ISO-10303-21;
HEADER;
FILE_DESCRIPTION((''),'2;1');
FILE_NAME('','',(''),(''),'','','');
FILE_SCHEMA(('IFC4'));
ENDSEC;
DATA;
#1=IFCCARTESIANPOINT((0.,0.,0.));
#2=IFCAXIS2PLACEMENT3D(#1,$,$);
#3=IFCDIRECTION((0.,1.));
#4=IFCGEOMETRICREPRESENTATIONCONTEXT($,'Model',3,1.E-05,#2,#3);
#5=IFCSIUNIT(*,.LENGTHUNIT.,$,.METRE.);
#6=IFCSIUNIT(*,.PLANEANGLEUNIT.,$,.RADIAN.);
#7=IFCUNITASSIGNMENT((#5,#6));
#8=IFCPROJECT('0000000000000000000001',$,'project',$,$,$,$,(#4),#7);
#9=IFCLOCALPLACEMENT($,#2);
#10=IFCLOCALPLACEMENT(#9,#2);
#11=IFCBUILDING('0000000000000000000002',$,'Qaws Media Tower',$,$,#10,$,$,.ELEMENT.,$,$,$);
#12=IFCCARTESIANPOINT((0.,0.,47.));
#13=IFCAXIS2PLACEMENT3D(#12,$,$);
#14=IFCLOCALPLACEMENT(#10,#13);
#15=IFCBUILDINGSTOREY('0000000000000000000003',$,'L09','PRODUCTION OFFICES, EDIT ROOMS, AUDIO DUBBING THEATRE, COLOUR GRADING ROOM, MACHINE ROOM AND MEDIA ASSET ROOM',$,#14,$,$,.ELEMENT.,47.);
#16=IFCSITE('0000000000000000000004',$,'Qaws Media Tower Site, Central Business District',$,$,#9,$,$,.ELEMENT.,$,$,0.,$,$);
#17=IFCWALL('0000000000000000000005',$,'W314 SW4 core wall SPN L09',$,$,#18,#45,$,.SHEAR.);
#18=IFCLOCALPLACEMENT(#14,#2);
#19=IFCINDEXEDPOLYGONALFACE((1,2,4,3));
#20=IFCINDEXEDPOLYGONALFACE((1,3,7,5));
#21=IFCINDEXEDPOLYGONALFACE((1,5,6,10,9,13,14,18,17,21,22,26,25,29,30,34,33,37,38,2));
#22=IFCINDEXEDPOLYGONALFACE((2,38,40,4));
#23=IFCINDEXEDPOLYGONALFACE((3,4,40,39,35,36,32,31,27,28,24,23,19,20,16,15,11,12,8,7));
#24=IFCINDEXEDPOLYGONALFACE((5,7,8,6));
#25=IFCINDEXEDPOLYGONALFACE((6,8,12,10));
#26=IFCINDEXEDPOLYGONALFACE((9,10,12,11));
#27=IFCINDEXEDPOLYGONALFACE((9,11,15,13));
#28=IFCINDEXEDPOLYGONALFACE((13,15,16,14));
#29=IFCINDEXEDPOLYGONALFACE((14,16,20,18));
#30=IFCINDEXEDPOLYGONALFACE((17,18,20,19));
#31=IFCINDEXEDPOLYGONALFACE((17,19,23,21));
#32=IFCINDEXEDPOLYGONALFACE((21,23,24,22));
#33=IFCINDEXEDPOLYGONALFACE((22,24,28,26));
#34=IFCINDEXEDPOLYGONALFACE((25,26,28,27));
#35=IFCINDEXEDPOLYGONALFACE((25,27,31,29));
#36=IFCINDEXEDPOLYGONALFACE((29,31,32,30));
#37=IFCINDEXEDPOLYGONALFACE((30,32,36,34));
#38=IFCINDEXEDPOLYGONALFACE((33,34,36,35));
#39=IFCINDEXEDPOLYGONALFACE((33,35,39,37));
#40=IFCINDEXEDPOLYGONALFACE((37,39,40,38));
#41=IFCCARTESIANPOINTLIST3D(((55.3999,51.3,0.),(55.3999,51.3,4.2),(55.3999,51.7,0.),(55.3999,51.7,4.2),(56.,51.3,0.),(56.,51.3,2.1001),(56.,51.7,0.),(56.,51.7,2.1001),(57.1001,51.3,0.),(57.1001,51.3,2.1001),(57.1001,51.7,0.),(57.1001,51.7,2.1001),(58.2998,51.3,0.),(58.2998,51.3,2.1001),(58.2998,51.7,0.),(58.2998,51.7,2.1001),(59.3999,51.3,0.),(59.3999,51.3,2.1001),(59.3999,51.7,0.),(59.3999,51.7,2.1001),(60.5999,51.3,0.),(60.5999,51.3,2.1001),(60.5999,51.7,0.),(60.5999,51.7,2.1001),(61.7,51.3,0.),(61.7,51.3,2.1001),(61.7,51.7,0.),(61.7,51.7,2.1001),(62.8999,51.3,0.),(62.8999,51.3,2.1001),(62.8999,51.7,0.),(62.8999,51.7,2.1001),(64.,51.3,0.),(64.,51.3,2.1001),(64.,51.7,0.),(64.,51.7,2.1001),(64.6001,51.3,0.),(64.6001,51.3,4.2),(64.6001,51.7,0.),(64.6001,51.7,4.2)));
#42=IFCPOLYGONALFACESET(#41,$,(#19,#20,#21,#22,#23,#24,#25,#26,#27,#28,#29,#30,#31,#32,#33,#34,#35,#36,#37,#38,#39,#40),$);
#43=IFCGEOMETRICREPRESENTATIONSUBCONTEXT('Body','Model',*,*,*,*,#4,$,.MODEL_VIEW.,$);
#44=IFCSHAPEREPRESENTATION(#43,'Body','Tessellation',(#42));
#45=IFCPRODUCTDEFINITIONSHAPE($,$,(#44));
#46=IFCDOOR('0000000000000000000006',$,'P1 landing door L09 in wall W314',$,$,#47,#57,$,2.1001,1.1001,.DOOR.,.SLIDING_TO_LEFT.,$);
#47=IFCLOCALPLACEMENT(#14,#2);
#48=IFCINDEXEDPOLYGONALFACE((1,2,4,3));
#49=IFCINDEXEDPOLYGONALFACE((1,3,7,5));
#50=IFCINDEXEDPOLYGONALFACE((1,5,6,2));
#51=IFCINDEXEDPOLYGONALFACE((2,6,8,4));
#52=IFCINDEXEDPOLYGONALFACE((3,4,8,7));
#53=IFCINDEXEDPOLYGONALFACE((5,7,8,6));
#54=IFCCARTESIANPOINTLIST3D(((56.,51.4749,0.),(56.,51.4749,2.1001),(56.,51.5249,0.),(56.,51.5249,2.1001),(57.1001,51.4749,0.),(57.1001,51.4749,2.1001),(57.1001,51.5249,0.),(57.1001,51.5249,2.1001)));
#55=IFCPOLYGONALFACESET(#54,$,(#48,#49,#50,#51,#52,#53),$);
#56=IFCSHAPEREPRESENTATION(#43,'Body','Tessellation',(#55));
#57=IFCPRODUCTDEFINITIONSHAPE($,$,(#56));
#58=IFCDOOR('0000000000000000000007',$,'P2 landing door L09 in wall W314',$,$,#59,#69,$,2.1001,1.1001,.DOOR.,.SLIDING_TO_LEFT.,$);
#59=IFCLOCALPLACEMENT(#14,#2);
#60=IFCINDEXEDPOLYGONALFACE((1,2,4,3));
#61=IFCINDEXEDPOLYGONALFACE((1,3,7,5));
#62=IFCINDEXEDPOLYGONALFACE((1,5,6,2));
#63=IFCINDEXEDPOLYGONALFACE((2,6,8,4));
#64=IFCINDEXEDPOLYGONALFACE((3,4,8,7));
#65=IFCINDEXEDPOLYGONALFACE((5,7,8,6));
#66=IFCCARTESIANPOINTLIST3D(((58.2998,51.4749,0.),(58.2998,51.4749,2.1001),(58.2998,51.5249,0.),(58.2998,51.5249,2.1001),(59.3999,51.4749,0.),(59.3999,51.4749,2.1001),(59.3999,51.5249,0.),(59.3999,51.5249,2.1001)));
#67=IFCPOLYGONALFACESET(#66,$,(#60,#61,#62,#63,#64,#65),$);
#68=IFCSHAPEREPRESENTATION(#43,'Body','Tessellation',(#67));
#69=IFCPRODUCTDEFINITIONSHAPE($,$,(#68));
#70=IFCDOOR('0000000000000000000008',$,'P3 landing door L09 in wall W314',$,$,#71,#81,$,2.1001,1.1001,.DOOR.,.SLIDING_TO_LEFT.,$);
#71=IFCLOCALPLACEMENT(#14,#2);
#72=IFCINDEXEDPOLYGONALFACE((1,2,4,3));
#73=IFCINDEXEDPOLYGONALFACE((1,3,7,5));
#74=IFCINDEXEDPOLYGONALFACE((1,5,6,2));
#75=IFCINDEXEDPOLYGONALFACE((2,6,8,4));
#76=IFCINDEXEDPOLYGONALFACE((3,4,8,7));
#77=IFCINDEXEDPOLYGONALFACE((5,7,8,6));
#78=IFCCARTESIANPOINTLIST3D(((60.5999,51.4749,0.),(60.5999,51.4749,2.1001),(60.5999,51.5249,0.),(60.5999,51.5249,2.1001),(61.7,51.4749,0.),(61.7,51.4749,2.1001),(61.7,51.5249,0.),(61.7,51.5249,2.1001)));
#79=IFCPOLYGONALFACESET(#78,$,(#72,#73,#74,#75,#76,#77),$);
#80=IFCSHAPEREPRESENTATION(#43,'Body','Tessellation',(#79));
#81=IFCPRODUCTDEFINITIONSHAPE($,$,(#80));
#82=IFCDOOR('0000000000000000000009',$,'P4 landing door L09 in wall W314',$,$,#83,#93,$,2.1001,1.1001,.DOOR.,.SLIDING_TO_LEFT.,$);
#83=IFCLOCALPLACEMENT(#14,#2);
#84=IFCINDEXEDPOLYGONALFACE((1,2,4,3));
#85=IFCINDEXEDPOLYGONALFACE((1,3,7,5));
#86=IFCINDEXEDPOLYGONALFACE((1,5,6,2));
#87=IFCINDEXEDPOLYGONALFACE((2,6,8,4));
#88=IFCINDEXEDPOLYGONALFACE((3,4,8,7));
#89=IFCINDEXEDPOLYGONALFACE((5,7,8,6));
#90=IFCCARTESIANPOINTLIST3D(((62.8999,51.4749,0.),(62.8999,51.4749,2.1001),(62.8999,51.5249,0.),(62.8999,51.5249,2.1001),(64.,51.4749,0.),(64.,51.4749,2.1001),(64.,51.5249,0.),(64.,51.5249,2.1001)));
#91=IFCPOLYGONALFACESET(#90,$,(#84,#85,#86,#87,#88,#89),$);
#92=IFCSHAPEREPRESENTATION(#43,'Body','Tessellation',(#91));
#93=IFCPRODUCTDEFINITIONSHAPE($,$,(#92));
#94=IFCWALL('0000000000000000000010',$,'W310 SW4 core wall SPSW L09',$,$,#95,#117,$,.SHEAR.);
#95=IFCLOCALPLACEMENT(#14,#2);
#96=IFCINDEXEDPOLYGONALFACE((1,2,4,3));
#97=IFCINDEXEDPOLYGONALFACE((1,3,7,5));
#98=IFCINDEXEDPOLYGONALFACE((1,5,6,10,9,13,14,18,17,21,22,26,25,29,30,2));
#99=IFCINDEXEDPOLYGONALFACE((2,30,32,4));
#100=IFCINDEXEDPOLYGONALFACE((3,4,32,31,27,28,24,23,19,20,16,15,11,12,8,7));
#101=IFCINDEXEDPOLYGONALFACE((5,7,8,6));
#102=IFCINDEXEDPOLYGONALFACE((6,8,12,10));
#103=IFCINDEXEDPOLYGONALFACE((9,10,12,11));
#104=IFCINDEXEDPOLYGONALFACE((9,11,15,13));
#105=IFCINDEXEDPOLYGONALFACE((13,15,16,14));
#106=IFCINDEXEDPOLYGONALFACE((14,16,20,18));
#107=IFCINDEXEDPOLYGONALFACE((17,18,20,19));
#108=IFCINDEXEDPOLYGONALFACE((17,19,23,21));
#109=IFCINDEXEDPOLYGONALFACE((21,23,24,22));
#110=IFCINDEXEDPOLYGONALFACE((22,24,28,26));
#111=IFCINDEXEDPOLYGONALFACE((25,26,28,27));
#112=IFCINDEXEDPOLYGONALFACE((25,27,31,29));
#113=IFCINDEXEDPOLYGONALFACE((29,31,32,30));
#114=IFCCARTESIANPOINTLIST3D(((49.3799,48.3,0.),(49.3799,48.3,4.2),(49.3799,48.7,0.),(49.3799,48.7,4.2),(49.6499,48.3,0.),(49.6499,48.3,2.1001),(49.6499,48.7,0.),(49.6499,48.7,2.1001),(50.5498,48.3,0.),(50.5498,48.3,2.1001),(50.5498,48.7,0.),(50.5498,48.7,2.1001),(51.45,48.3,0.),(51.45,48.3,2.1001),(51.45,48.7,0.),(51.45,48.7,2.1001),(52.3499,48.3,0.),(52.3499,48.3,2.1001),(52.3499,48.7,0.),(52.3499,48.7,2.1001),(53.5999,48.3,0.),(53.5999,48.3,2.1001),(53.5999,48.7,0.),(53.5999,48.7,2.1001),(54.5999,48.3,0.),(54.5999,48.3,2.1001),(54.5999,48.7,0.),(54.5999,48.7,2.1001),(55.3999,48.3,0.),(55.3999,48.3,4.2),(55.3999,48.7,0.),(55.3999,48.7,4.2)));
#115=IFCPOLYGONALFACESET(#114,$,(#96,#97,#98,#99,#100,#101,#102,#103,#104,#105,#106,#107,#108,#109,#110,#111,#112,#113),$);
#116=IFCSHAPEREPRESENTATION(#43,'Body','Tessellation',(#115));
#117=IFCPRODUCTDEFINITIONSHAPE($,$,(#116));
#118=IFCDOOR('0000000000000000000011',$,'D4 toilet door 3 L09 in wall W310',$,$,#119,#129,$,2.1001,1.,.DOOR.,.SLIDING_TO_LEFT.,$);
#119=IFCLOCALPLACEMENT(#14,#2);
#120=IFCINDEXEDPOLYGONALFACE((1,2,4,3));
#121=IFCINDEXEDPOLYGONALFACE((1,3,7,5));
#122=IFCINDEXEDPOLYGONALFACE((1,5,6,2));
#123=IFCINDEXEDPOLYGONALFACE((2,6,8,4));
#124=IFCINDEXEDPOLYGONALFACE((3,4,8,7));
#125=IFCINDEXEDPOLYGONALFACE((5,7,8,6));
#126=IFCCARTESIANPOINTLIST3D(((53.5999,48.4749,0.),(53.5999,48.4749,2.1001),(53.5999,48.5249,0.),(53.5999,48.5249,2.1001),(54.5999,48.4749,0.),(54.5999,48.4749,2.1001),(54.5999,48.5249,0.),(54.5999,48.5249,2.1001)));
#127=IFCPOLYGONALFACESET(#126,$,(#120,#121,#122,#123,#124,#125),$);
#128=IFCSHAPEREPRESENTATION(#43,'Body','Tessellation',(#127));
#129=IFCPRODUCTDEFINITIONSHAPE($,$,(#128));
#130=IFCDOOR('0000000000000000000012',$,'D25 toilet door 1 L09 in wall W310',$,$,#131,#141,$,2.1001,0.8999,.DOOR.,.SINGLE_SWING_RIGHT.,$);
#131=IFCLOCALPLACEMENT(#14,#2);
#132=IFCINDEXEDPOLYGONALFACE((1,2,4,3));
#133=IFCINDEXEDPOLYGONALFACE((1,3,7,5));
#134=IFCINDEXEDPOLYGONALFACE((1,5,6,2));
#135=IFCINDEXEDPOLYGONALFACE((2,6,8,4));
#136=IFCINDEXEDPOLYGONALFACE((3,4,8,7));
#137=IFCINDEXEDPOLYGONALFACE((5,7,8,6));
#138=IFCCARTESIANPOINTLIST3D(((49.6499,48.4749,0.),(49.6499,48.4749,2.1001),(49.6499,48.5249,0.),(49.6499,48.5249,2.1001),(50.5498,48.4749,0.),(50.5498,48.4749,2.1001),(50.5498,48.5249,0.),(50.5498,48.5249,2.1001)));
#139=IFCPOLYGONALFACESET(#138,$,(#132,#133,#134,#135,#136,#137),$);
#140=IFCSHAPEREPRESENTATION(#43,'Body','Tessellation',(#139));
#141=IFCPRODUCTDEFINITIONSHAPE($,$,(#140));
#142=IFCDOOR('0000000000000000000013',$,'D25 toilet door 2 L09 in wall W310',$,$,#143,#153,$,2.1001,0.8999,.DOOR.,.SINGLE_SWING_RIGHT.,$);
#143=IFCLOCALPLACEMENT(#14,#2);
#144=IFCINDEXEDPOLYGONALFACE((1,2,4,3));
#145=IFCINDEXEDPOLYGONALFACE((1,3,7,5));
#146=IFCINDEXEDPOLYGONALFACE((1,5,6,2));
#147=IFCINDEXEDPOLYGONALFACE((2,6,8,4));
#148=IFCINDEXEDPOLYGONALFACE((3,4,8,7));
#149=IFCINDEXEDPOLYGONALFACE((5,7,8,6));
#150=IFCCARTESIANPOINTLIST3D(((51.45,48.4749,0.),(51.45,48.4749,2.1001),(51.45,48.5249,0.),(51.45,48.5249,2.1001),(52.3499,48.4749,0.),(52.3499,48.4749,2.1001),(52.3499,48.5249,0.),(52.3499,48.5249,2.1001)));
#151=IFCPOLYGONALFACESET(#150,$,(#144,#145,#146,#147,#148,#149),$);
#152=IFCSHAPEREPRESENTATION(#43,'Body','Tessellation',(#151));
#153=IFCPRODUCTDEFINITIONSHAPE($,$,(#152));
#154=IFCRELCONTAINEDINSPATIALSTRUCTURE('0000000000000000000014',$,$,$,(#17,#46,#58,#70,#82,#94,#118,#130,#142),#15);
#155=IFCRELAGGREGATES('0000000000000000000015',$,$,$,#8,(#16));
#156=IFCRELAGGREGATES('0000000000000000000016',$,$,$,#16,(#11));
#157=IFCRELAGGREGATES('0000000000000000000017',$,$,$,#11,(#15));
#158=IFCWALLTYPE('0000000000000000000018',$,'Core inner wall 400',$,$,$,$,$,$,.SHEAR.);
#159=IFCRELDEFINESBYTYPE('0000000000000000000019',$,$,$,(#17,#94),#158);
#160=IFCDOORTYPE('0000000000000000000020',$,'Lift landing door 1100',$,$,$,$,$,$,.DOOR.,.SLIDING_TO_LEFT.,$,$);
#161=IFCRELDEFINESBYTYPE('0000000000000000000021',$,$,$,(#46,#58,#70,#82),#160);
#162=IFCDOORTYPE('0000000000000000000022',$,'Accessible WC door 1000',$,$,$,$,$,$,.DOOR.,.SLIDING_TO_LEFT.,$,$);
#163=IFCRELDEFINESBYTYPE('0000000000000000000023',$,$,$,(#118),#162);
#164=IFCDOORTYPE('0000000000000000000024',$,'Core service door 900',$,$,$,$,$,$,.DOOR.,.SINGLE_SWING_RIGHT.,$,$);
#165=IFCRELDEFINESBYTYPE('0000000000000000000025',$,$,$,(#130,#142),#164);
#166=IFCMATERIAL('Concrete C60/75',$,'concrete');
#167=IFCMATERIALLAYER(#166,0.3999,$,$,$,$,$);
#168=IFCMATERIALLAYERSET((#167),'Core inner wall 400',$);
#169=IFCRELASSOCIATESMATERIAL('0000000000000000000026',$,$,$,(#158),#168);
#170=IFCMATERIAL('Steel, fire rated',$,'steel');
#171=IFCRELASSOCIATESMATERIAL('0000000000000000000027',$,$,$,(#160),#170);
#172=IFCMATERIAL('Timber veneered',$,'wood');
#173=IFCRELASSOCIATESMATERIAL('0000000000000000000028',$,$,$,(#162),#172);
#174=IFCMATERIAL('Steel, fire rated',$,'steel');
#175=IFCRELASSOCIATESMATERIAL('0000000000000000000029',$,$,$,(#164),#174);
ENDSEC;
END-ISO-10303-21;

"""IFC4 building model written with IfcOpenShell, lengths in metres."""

from ifc_helpers import new_model, si_unit, direction, frame, frame_2d, origin, place, context, subcontext, project, spatial, rectangle, extrude, material, layer, layer_set, type_object, element, fill, save


model = new_model("IFC4")

# Units and contexts
model_context = context("Model", 3, precision=1e-05, world=origin(), true_north=direction((0.0, 1.0)))
body_context = subcontext(model_context, "Body", "Model", "MODEL_VIEW")
ifc_project = project(units=[si_unit("LENGTHUNIT", "METRE"), si_unit("PLANEANGLEUNIT", "RADIAN")], contexts=[model_context])

# Site, building, storey
site_placement = place(None, origin())
site = spatial("IfcSite", under=ifc_project, at=site_placement, Name="Qaws Media Tower Site, Central Business District", CompositionType="ELEMENT", RefElevation=0.0)
building_placement = place(site_placement, origin())
building = spatial("IfcBuilding", under=site, at=building_placement, Name="Qaws Media Tower", CompositionType="ELEMENT")
storey_placement = place(building_placement, frame((0.0, 0.0, 47.0)))
storey = spatial("IfcBuildingStorey", under=building, at=storey_placement, Name="L09", Description="PRODUCTION OFFICES, EDIT ROOMS, AUDIO DUBBING THEATRE, COLOUR GRADING ROOM, MACHINE ROOM AND MEDIA ASSET ROOM", CompositionType="ELEMENT", Elevation=47.0)

# Shared definitions
ifc_material_1 = material(Name="Concrete C60/75", Category="concrete")
ifc_layer_1 = layer(ifc_material_1, 0.3999)
ifc_layer_set_1 = layer_set([ifc_layer_1], Name="Core inner wall 400")
wall_type_1 = type_object("IfcWallType", Name="Core inner wall 400", PredefinedType="SHEAR", material=ifc_layer_set_1)

# Walls, openings, doors
wall_1_placement = place(storey_placement, frame((55.3999, 51.5, 0.0), z_axis=(0.0, 0.0, 1.0), x_axis=(1.0, 0.0, 0.0)))
wall_1 = element("IfcWall", 1, at=wall_1_placement, inside=storey, type_object=wall_type_1, Name="W314 SW4 core wall SPN L09", PredefinedType="SHEAR", context=body_context, shape_type="SweptSolid", body=[
    extrude(rectangle(XDim=9.2002, YDim=0.3999, at=frame_2d((4.6001, 0.0))), origin(), (0.0, 0.0, 1.0), 4.2),
])
opening_1_placement = place(wall_1_placement, frame((0.6001, 0.0, 0.0)))
opening_1 = element("IfcOpeningElement", 2, at=opening_1_placement, cuts=wall_1, PredefinedType="OPENING", context=body_context, shape_type="SweptSolid", body=[
    extrude(rectangle(XDim=1.1001, YDim=2.1001, at=frame_2d((0.55, 1.05))), frame((0.0, 0.21, 0.0), z_axis=(0.0, -1.0, 0.0), x_axis=(1.0, 0.0, 0.0)), (0.0, 0.0, 1.0), 0.4199),
])
opening_2_placement = place(wall_1_placement, frame((2.8999, 0.0, 0.0)))
opening_2 = element("IfcOpeningElement", 3, at=opening_2_placement, cuts=wall_1, PredefinedType="OPENING", context=body_context, shape_type="SweptSolid", body=[
    extrude(rectangle(XDim=1.1001, YDim=2.1001, at=frame_2d((0.55, 1.05))), frame((0.0, 0.21, 0.0), z_axis=(0.0, -1.0, 0.0), x_axis=(1.0, 0.0, 0.0)), (0.0, 0.0, 1.0), 0.4199),
])
opening_3_placement = place(wall_1_placement, frame((5.2, 0.0, 0.0)))
opening_3 = element("IfcOpeningElement", 4, at=opening_3_placement, cuts=wall_1, PredefinedType="OPENING", context=body_context, shape_type="SweptSolid", body=[
    extrude(rectangle(XDim=1.1001, YDim=2.1001, at=frame_2d((0.55, 1.05))), frame((0.0, 0.21, 0.0), z_axis=(0.0, -1.0, 0.0), x_axis=(1.0, 0.0, 0.0)), (0.0, 0.0, 1.0), 0.4199),
])
opening_4_placement = place(wall_1_placement, frame((7.5, 0.0, 0.0)))
opening_4 = element("IfcOpeningElement", 5, at=opening_4_placement, cuts=wall_1, PredefinedType="OPENING", context=body_context, shape_type="SweptSolid", body=[
    extrude(rectangle(XDim=1.1001, YDim=2.1001, at=frame_2d((0.55, 1.05))), frame((0.0, 0.21, 0.0), z_axis=(0.0, -1.0, 0.0), x_axis=(1.0, 0.0, 0.0)), (0.0, 0.0, 1.0), 0.4199),
])
ifc_material_2 = material(Name="Steel, fire rated", Category="steel")
door_type_1 = type_object("IfcDoorType", Name="Lift landing door 1100", OperationType="SLIDING_TO_LEFT", PredefinedType="DOOR", material=ifc_material_2)
door_1_placement = place(opening_1_placement, origin())
door_1 = element("IfcDoor", 6, at=door_1_placement, inside=storey, type_object=door_type_1, Name="P1 landing door L09 in wall W314", OperationType="SLIDING_TO_LEFT", OverallHeight=2.1001, OverallWidth=1.1001, PredefinedType="DOOR", context=body_context, shape_type="SweptSolid", body=[
    extrude(rectangle(XDim=1.1001, YDim=2.1001, at=frame_2d((0.55, 1.05))), frame((0.0, 0.0249, 0.0), z_axis=(0.0, -1.0, 0.0), x_axis=(1.0, 0.0, 0.0)), (0.0, 0.0, 1.0), 0.05),
])
fill(opening_1, door_1)
door_2_placement = place(opening_2_placement, origin())
door_2 = element("IfcDoor", 7, at=door_2_placement, inside=storey, type_object=door_type_1, Name="P2 landing door L09 in wall W314", OperationType="SLIDING_TO_LEFT", OverallHeight=2.1001, OverallWidth=1.1001, PredefinedType="DOOR", context=body_context, shape_type="SweptSolid", body=[
    extrude(rectangle(XDim=1.1001, YDim=2.1001, at=frame_2d((0.55, 1.05))), frame((0.0, 0.0249, 0.0), z_axis=(0.0, -1.0, 0.0), x_axis=(1.0, 0.0, 0.0)), (0.0, 0.0, 1.0), 0.05),
])
fill(opening_2, door_2)
door_3_placement = place(opening_3_placement, origin())
door_3 = element("IfcDoor", 8, at=door_3_placement, inside=storey, type_object=door_type_1, Name="P3 landing door L09 in wall W314", OperationType="SLIDING_TO_LEFT", OverallHeight=2.1001, OverallWidth=1.1001, PredefinedType="DOOR", context=body_context, shape_type="SweptSolid", body=[
    extrude(rectangle(XDim=1.1001, YDim=2.1001, at=frame_2d((0.55, 1.05))), frame((0.0, 0.0249, 0.0), z_axis=(0.0, -1.0, 0.0), x_axis=(1.0, 0.0, 0.0)), (0.0, 0.0, 1.0), 0.05),
])
fill(opening_3, door_3)
door_4_placement = place(opening_4_placement, origin())
door_4 = element("IfcDoor", 9, at=door_4_placement, inside=storey, type_object=door_type_1, Name="P4 landing door L09 in wall W314", OperationType="SLIDING_TO_LEFT", OverallHeight=2.1001, OverallWidth=1.1001, PredefinedType="DOOR", context=body_context, shape_type="SweptSolid", body=[
    extrude(rectangle(XDim=1.1001, YDim=2.1001, at=frame_2d((0.55, 1.05))), frame((0.0, 0.0249, 0.0), z_axis=(0.0, -1.0, 0.0), x_axis=(1.0, 0.0, 0.0)), (0.0, 0.0, 1.0), 0.05),
])
fill(opening_4, door_4)
wall_2_placement = place(storey_placement, frame((49.3799, 48.5, 0.0), z_axis=(0.0, 0.0, 1.0), x_axis=(1.0, 0.0, 0.0)))
wall_2 = element("IfcWall", 10, at=wall_2_placement, inside=storey, type_object=wall_type_1, Name="W310 SW4 core wall SPSW L09", PredefinedType="SHEAR", context=body_context, shape_type="SweptSolid", body=[
    extrude(rectangle(XDim=6.02, YDim=0.3999, at=frame_2d((3.01, 0.0))), origin(), (0.0, 0.0, 1.0), 4.2),
])
opening_5_placement = place(wall_2_placement, frame((0.27, 0.0, 0.0)))
opening_5 = element("IfcOpeningElement", 11, at=opening_5_placement, cuts=wall_2, PredefinedType="OPENING", context=body_context, shape_type="SweptSolid", body=[
    extrude(rectangle(XDim=0.8999, YDim=2.1001, at=frame_2d((0.45, 1.05))), frame((0.0, 0.21, 0.0), z_axis=(0.0, -1.0, 0.0), x_axis=(1.0, 0.0, 0.0)), (0.0, 0.0, 1.0), 0.4199),
])
opening_6_placement = place(wall_2_placement, frame((2.0701, 0.0, 0.0)))
opening_6 = element("IfcOpeningElement", 12, at=opening_6_placement, cuts=wall_2, PredefinedType="OPENING", context=body_context, shape_type="SweptSolid", body=[
    extrude(rectangle(XDim=0.8999, YDim=2.1001, at=frame_2d((0.45, 1.05))), frame((0.0, 0.21, 0.0), z_axis=(0.0, -1.0, 0.0), x_axis=(1.0, 0.0, 0.0)), (0.0, 0.0, 1.0), 0.4199),
])
opening_7_placement = place(wall_2_placement, frame((4.22, 0.0, 0.0)))
opening_7 = element("IfcOpeningElement", 13, at=opening_7_placement, cuts=wall_2, PredefinedType="OPENING", context=body_context, shape_type="SweptSolid", body=[
    extrude(rectangle(XDim=1.0, YDim=2.1001, at=frame_2d((0.5, 1.05))), frame((0.0, 0.21, 0.0), z_axis=(0.0, -1.0, 0.0), x_axis=(1.0, 0.0, 0.0)), (0.0, 0.0, 1.0), 0.4199),
])
ifc_material_3 = material(Name="Timber veneered", Category="wood")
door_type_2 = type_object("IfcDoorType", Name="Accessible WC door 1000", OperationType="SLIDING_TO_LEFT", PredefinedType="DOOR", material=ifc_material_3)
door_5_placement = place(opening_7_placement, origin())
door_5 = element("IfcDoor", 14, at=door_5_placement, inside=storey, type_object=door_type_2, Name="D4 toilet door 3 L09 in wall W310", OperationType="SLIDING_TO_LEFT", OverallHeight=2.1001, OverallWidth=1.0, PredefinedType="DOOR", context=body_context, shape_type="SweptSolid", body=[
    extrude(rectangle(XDim=1.0, YDim=2.1001, at=frame_2d((0.5, 1.05))), frame((0.0, 0.0249, 0.0), z_axis=(0.0, -1.0, 0.0), x_axis=(1.0, 0.0, 0.0)), (0.0, 0.0, 1.0), 0.05),
])
fill(opening_7, door_5)
ifc_material_4 = material(Name="Steel, fire rated", Category="steel")
door_type_3 = type_object("IfcDoorType", Name="Core service door 900", OperationType="SINGLE_SWING_RIGHT", PredefinedType="DOOR", material=ifc_material_4)
door_6_placement = place(opening_5_placement, origin())
door_6 = element("IfcDoor", 15, at=door_6_placement, inside=storey, type_object=door_type_3, Name="D25 toilet door 1 L09 in wall W310", OperationType="SINGLE_SWING_RIGHT", OverallHeight=2.1001, OverallWidth=0.8999, PredefinedType="DOOR", context=body_context, shape_type="SweptSolid", body=[
    extrude(rectangle(XDim=0.8999, YDim=2.1001, at=frame_2d((0.45, 1.05))), frame((0.0, 0.0249, 0.0), z_axis=(0.0, -1.0, 0.0), x_axis=(1.0, 0.0, 0.0)), (0.0, 0.0, 1.0), 0.05),
])
fill(opening_5, door_6)
door_7_placement = place(opening_6_placement, origin())
door_7 = element("IfcDoor", 16, at=door_7_placement, inside=storey, type_object=door_type_3, Name="D25 toilet door 2 L09 in wall W310", OperationType="SINGLE_SWING_RIGHT", OverallHeight=2.1001, OverallWidth=0.8999, PredefinedType="DOOR", context=body_context, shape_type="SweptSolid", body=[
    extrude(rectangle(XDim=0.8999, YDim=2.1001, at=frame_2d((0.45, 1.05))), frame((0.0, 0.0249, 0.0), z_axis=(0.0, -1.0, 0.0), x_axis=(1.0, 0.0, 0.0)), (0.0, 0.0, 1.0), 0.05),
])
fill(opening_6, door_7)

save(model, "model.ifc")
